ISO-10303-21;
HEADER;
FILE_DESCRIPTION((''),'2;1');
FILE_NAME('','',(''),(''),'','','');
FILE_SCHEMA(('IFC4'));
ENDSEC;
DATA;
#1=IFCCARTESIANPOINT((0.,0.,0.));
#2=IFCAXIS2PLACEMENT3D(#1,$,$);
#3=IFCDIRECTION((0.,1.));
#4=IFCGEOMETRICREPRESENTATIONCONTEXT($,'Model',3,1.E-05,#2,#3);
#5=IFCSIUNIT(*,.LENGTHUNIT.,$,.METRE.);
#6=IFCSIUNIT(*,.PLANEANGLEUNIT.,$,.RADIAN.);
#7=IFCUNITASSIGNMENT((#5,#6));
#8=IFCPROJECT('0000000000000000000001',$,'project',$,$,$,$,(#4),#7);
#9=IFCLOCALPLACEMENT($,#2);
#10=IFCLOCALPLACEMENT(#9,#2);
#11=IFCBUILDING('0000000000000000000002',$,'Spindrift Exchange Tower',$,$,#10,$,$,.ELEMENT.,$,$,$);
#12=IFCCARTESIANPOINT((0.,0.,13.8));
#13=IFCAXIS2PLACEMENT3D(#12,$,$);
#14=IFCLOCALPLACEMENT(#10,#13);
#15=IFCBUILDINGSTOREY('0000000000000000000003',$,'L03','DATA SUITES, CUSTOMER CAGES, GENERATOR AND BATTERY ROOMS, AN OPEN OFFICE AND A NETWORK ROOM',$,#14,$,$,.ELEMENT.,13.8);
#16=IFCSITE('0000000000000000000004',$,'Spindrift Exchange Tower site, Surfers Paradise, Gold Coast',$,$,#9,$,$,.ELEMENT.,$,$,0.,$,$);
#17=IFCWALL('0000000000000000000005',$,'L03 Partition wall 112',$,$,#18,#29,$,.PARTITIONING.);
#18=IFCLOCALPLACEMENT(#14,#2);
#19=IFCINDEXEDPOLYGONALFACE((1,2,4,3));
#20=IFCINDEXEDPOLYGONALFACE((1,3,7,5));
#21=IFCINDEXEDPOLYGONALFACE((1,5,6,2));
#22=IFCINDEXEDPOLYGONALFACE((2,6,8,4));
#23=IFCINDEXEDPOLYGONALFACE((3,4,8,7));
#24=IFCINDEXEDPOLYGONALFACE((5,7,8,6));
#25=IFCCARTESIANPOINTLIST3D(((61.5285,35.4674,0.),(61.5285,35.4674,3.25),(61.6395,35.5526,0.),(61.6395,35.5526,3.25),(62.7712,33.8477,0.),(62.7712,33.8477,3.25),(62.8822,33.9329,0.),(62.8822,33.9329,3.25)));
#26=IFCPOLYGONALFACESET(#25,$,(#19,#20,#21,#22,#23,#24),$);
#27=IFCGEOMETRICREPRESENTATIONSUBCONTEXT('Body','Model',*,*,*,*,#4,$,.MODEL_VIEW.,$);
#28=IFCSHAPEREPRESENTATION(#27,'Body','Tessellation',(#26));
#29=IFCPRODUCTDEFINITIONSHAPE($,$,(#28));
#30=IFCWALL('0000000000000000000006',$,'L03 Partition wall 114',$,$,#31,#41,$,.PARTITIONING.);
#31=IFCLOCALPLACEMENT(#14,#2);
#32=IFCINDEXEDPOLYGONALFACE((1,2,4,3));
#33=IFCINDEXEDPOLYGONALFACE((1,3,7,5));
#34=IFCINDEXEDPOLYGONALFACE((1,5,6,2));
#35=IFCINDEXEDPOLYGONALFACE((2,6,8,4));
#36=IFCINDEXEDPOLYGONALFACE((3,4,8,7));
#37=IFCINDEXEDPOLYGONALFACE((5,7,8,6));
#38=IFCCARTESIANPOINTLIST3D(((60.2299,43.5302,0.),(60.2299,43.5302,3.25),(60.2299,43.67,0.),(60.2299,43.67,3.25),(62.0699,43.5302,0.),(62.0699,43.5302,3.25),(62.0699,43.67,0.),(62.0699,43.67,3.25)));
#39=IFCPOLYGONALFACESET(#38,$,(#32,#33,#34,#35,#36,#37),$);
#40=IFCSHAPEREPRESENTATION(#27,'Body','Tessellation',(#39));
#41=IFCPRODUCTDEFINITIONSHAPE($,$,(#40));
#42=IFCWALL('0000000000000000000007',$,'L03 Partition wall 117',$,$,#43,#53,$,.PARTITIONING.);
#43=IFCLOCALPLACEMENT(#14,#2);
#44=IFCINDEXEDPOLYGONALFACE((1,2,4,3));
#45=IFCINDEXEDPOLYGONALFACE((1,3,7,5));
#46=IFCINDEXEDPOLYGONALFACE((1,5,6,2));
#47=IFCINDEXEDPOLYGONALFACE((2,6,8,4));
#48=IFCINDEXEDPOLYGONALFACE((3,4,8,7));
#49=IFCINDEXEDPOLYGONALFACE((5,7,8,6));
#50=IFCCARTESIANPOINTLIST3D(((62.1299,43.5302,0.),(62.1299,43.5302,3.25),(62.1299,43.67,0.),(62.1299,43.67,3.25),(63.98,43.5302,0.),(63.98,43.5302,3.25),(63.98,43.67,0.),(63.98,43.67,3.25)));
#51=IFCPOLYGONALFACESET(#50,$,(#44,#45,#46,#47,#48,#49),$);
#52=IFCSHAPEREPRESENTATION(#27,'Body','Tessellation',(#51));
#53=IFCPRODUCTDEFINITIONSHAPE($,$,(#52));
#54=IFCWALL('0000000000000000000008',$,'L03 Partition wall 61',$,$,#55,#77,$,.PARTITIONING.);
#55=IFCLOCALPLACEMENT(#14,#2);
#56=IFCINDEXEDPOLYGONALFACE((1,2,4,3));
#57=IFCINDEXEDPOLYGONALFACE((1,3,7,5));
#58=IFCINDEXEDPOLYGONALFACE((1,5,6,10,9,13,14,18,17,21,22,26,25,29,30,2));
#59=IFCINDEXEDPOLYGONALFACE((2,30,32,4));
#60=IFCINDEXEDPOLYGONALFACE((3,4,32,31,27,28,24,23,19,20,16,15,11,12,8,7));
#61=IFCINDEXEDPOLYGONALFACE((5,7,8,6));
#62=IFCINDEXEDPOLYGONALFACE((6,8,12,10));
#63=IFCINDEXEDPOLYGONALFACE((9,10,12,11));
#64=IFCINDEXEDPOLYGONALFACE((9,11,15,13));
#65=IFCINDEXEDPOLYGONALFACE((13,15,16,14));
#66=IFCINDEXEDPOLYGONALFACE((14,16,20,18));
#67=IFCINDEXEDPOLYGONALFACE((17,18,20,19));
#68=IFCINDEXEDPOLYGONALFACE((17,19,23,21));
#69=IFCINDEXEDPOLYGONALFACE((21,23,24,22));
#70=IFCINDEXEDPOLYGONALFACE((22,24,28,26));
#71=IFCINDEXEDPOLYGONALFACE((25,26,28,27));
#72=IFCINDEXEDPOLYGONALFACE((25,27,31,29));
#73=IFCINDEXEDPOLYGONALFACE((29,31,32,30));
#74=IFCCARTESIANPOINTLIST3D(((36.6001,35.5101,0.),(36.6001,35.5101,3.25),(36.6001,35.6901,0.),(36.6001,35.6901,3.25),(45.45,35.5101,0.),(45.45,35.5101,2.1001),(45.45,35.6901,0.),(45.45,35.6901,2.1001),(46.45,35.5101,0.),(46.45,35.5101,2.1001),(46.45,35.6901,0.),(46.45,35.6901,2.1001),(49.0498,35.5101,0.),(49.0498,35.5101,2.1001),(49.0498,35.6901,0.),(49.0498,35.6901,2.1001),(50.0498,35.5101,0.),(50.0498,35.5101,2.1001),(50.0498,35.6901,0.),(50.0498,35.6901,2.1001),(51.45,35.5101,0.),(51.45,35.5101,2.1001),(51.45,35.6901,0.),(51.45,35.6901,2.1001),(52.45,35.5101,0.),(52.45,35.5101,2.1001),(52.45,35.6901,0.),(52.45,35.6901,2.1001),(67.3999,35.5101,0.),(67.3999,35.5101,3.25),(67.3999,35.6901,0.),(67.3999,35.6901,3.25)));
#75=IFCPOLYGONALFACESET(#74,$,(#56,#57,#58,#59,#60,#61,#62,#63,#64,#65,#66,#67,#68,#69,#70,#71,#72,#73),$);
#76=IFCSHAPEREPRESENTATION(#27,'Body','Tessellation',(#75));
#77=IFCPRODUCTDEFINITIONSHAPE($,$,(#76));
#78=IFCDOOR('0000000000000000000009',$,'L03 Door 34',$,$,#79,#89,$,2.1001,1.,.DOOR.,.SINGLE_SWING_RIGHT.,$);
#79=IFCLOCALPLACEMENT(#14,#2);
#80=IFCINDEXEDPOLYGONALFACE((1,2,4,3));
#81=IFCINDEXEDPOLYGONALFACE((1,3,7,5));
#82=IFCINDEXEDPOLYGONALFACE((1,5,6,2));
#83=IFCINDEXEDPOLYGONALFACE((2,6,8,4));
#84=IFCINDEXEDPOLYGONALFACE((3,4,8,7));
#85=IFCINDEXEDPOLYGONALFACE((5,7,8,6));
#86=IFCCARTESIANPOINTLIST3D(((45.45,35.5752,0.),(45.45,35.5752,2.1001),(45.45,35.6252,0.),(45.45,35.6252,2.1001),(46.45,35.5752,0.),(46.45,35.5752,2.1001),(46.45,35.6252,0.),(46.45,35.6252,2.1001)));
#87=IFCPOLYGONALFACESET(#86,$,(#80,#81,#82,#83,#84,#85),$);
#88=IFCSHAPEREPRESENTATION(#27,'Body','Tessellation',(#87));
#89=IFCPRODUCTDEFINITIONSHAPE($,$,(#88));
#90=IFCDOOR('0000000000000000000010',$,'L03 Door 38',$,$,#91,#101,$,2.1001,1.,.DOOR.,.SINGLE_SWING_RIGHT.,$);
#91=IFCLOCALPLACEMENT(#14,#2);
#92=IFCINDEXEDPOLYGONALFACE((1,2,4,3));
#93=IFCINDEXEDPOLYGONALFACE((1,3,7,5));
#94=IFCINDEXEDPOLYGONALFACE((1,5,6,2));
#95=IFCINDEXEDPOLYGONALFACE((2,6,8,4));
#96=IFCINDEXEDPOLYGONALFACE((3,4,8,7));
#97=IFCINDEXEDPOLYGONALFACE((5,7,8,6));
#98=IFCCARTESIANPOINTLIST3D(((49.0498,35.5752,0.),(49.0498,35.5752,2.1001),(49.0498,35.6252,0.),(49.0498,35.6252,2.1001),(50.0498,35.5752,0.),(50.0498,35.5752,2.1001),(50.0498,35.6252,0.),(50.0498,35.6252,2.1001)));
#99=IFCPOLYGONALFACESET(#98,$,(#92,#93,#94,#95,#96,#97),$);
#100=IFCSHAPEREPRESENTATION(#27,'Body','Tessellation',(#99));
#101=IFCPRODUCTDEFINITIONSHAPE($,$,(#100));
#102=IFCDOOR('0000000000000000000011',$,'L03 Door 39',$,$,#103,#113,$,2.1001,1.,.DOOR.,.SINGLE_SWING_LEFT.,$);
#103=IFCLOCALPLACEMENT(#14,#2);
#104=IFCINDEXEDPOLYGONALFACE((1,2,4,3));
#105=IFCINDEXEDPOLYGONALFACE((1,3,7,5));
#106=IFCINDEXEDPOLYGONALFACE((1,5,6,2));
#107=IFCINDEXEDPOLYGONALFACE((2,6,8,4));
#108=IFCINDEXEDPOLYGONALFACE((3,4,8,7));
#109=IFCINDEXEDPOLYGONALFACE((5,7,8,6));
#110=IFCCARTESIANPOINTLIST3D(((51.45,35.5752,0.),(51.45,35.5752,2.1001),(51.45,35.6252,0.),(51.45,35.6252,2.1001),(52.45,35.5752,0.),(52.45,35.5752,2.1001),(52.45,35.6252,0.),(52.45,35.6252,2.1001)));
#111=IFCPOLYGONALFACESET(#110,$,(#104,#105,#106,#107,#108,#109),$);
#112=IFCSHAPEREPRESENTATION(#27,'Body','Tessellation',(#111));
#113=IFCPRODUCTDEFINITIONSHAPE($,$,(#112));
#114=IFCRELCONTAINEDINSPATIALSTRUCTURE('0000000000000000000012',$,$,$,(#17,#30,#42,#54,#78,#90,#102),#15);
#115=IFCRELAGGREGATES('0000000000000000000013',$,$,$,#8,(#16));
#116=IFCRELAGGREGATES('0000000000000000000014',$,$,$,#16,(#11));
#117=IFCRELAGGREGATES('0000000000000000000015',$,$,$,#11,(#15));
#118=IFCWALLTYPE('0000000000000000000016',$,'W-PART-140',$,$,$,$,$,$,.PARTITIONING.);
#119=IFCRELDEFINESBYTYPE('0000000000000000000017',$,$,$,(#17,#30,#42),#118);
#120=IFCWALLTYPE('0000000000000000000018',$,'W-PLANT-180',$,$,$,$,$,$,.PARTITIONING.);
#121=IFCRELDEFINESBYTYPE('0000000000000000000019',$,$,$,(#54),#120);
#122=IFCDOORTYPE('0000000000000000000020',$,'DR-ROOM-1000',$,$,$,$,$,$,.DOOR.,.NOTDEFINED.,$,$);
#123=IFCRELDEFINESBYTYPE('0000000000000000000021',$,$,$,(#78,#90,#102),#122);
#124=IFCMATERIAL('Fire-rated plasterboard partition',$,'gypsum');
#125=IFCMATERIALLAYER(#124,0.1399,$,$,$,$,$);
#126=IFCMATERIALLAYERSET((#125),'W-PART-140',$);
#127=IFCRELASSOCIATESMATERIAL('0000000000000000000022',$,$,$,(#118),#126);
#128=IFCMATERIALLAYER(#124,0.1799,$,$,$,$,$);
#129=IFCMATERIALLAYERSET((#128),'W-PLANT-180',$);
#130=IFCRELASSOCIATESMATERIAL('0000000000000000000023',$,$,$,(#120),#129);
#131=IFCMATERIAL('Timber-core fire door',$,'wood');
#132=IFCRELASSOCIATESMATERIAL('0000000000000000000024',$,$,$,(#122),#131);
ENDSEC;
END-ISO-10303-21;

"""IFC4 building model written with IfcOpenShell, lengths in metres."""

from ifc_helpers import new_model, si_unit, direction, frame, frame_2d, origin, place, context, subcontext, project, spatial, rectangle, extrude, source, transform, mapped, material, layer, layer_set, type_object, element, fill, save


model = new_model("IFC4")

# Units and contexts
model_context = context("Model", 3, precision=1e-05, world=origin(), true_north=direction((0.0, 1.0)))
body_context = subcontext(model_context, "Body", "Model", "MODEL_VIEW")
ifc_project = project(units=[si_unit("LENGTHUNIT", "METRE"), si_unit("PLANEANGLEUNIT", "RADIAN")], contexts=[model_context])

# Site, building, storey
site_placement = place(None, origin())
site = spatial("IfcSite", under=ifc_project, at=site_placement, Name="Spindrift Exchange Tower site, Surfers Paradise, Gold Coast", CompositionType="ELEMENT", RefElevation=0.0)
building_placement = place(site_placement, origin())
building = spatial("IfcBuilding", under=site, at=building_placement, Name="Spindrift Exchange Tower", CompositionType="ELEMENT")
storey_placement = place(building_placement, frame((0.0, 0.0, 13.8)))
storey = spatial("IfcBuildingStorey", under=building, at=storey_placement, Name="L03", Description="DATA SUITES, CUSTOMER CAGES, GENERATOR AND BATTERY ROOMS, AN OPEN OFFICE AND A NETWORK ROOM", CompositionType="ELEMENT", Elevation=13.8)

# Shared definitions
ifc_material_1 = material(Name="Timber-core fire door", Category="wood")

# Shared definitions
ifc_material_2 = material(Name="Fire-rated plasterboard partition", Category="gypsum")

# Walls
ifc_layer_1 = layer(ifc_material_2, 0.1399)
ifc_layer_set_1 = layer_set([ifc_layer_1], Name="W-PART-140")
wall_type_1 = type_object("IfcWallType", Name="W-PART-140", PredefinedType="PARTITIONING", material=ifc_layer_set_1)
wall_1_placement = place(storey_placement, frame((61.584, 35.51, 0.0), z_axis=(0.0, 0.0, 1.0), x_axis=(0.608728, -0.793379, 0.0)))
element("IfcWall", 1, at=wall_1_placement, inside=storey, type_object=wall_type_1, Name="L03 Partition wall 112", PredefinedType="PARTITIONING", context=body_context, shape_type="SweptSolid", body=[
    extrude(rectangle(XDim=2.0415, YDim=0.1399, at=frame_2d((1.0208, 0.0))), origin(), (0.0, 0.0, 1.0), 3.25),
])
wall_2_placement = place(storey_placement, frame((60.23, 43.6001, 0.0), z_axis=(0.0, 0.0, 1.0), x_axis=(1.0, 0.0, 0.0)))
element("IfcWall", 2, at=wall_2_placement, inside=storey, type_object=wall_type_1, Name="L03 Partition wall 114", PredefinedType="PARTITIONING", context=body_context, shape_type="SweptSolid", body=[
    extrude(rectangle(XDim=1.8401, YDim=0.1399, at=frame_2d((0.9199, 0.0))), origin(), (0.0, 0.0, 1.0), 3.25),
])
wall_3_placement = place(storey_placement, frame((62.1299, 43.6001, 0.0), z_axis=(0.0, 0.0, 1.0), x_axis=(1.0, 0.0, 0.0)))
element("IfcWall", 3, at=wall_3_placement, inside=storey, type_object=wall_type_1, Name="L03 Partition wall 117", PredefinedType="PARTITIONING", context=body_context, shape_type="SweptSolid", body=[
    extrude(rectangle(XDim=1.8501, YDim=0.1399, at=frame_2d((0.925, 0.0))), origin(), (0.0, 0.0, 1.0), 3.25),
])

# Wall, openings, doors
ifc_layer_2 = layer(ifc_material_2, 0.1799)
ifc_layer_set_2 = layer_set([ifc_layer_2], Name="W-PLANT-180")
wall_type_2 = type_object("IfcWallType", Name="W-PLANT-180", PredefinedType="PARTITIONING", material=ifc_layer_set_2)
wall_4_placement = place(storey_placement, frame((67.3999, 35.6001, 0.0), z_axis=(0.0, 0.0, 1.0), x_axis=(-1.0, 0.0, 0.0)))
wall_4 = element("IfcWall", 4, at=wall_4_placement, inside=storey, type_object=wall_type_2, Name="L03 Partition wall 61", PredefinedType="PARTITIONING", context=body_context, shape_type="SweptSolid", body=[
    extrude(rectangle(XDim=30.7998, YDim=0.1799, at=frame_2d((15.3999, 0.0))), origin(), (0.0, 0.0, 1.0), 3.25),
])
opening_1_placement = place(wall_4_placement, frame((20.95, 0.0, 0.0)))
opening_1 = element("IfcOpeningElement", 5, at=opening_1_placement, cuts=wall_4, PredefinedType="OPENING", context=body_context, shape_type="SweptSolid", body=[
    extrude(rectangle(XDim=1.0, YDim=2.1001, at=frame_2d((0.5, 1.05))), frame((0.0, 0.0999, 0.0), z_axis=(0.0, -1.0, 0.0), x_axis=(1.0, 0.0, 0.0)), (0.0, 0.0, 1.0), 0.2),
])
opening_2_placement = place(wall_4_placement, frame((17.3501, 0.0, 0.0)))
opening_2 = element("IfcOpeningElement", 6, at=opening_2_placement, cuts=wall_4, PredefinedType="OPENING", context=body_context, shape_type="SweptSolid", body=[
    extrude(rectangle(XDim=1.0, YDim=2.1001, at=frame_2d((0.5, 1.05))), frame((0.0, 0.0999, 0.0), z_axis=(0.0, -1.0, 0.0), x_axis=(1.0, 0.0, 0.0)), (0.0, 0.0, 1.0), 0.2),
])
opening_3_placement = place(wall_4_placement, frame((14.95, 0.0, 0.0)))
opening_3 = element("IfcOpeningElement", 7, at=opening_3_placement, cuts=wall_4, PredefinedType="OPENING", context=body_context, shape_type="SweptSolid", body=[
    extrude(rectangle(XDim=1.0, YDim=2.1001, at=frame_2d((0.5, 1.05))), frame((0.0, 0.0999, 0.0), z_axis=(0.0, -1.0, 0.0), x_axis=(1.0, 0.0, 0.0)), (0.0, 0.0, 1.0), 0.2),
])
door_type_1 = type_object("IfcDoorType", Name="DR-ROOM-1000", OperationType="NOTDEFINED", PredefinedType="DOOR", material=ifc_material_1)
shared_shape_1 = source(origin(), body_context, "Body", "SweptSolid", [
    extrude(rectangle(XDim=1.0, YDim=2.1001, at=frame_2d((0.5, 1.05))), frame((0.0, 0.0249, 0.0), z_axis=(0.0, -1.0, 0.0), x_axis=(1.0, 0.0, 0.0)), (0.0, 0.0, 1.0), 0.05),
])
door_1_placement = place(opening_1_placement, origin())
door_1 = element("IfcDoor", 8, at=door_1_placement, inside=storey, type_object=door_type_1, Name="L03 Door 34", OperationType="SINGLE_SWING_RIGHT", OverallHeight=2.1001, OverallWidth=1.0, PredefinedType="DOOR", context=body_context, shape_type="MappedRepresentation", body=[
    mapped(shared_shape_1, transform((0.0, 0.0, 0.0), scale=1.0)),
])
fill(opening_1, door_1)
door_2_placement = place(opening_2_placement, origin())
door_2 = element("IfcDoor", 9, at=door_2_placement, inside=storey, type_object=door_type_1, Name="L03 Door 38", OperationType="SINGLE_SWING_RIGHT", OverallHeight=2.1001, OverallWidth=1.0, PredefinedType="DOOR", context=body_context, shape_type="MappedRepresentation", body=[
    mapped(shared_shape_1, transform((0.0, 0.0, 0.0), scale=1.0)),
])
fill(opening_2, door_2)
door_3_placement = place(opening_3_placement, origin())
door_3 = element("IfcDoor", 10, at=door_3_placement, inside=storey, type_object=door_type_1, Name="L03 Door 39", OperationType="SINGLE_SWING_LEFT", OverallHeight=2.1001, OverallWidth=1.0, PredefinedType="DOOR", context=body_context, shape_type="MappedRepresentation", body=[
    mapped(shared_shape_1, transform((0.0, 0.0, 0.0), scale=1.0)),
])
fill(opening_3, door_3)

save(model, "model.ifc")
